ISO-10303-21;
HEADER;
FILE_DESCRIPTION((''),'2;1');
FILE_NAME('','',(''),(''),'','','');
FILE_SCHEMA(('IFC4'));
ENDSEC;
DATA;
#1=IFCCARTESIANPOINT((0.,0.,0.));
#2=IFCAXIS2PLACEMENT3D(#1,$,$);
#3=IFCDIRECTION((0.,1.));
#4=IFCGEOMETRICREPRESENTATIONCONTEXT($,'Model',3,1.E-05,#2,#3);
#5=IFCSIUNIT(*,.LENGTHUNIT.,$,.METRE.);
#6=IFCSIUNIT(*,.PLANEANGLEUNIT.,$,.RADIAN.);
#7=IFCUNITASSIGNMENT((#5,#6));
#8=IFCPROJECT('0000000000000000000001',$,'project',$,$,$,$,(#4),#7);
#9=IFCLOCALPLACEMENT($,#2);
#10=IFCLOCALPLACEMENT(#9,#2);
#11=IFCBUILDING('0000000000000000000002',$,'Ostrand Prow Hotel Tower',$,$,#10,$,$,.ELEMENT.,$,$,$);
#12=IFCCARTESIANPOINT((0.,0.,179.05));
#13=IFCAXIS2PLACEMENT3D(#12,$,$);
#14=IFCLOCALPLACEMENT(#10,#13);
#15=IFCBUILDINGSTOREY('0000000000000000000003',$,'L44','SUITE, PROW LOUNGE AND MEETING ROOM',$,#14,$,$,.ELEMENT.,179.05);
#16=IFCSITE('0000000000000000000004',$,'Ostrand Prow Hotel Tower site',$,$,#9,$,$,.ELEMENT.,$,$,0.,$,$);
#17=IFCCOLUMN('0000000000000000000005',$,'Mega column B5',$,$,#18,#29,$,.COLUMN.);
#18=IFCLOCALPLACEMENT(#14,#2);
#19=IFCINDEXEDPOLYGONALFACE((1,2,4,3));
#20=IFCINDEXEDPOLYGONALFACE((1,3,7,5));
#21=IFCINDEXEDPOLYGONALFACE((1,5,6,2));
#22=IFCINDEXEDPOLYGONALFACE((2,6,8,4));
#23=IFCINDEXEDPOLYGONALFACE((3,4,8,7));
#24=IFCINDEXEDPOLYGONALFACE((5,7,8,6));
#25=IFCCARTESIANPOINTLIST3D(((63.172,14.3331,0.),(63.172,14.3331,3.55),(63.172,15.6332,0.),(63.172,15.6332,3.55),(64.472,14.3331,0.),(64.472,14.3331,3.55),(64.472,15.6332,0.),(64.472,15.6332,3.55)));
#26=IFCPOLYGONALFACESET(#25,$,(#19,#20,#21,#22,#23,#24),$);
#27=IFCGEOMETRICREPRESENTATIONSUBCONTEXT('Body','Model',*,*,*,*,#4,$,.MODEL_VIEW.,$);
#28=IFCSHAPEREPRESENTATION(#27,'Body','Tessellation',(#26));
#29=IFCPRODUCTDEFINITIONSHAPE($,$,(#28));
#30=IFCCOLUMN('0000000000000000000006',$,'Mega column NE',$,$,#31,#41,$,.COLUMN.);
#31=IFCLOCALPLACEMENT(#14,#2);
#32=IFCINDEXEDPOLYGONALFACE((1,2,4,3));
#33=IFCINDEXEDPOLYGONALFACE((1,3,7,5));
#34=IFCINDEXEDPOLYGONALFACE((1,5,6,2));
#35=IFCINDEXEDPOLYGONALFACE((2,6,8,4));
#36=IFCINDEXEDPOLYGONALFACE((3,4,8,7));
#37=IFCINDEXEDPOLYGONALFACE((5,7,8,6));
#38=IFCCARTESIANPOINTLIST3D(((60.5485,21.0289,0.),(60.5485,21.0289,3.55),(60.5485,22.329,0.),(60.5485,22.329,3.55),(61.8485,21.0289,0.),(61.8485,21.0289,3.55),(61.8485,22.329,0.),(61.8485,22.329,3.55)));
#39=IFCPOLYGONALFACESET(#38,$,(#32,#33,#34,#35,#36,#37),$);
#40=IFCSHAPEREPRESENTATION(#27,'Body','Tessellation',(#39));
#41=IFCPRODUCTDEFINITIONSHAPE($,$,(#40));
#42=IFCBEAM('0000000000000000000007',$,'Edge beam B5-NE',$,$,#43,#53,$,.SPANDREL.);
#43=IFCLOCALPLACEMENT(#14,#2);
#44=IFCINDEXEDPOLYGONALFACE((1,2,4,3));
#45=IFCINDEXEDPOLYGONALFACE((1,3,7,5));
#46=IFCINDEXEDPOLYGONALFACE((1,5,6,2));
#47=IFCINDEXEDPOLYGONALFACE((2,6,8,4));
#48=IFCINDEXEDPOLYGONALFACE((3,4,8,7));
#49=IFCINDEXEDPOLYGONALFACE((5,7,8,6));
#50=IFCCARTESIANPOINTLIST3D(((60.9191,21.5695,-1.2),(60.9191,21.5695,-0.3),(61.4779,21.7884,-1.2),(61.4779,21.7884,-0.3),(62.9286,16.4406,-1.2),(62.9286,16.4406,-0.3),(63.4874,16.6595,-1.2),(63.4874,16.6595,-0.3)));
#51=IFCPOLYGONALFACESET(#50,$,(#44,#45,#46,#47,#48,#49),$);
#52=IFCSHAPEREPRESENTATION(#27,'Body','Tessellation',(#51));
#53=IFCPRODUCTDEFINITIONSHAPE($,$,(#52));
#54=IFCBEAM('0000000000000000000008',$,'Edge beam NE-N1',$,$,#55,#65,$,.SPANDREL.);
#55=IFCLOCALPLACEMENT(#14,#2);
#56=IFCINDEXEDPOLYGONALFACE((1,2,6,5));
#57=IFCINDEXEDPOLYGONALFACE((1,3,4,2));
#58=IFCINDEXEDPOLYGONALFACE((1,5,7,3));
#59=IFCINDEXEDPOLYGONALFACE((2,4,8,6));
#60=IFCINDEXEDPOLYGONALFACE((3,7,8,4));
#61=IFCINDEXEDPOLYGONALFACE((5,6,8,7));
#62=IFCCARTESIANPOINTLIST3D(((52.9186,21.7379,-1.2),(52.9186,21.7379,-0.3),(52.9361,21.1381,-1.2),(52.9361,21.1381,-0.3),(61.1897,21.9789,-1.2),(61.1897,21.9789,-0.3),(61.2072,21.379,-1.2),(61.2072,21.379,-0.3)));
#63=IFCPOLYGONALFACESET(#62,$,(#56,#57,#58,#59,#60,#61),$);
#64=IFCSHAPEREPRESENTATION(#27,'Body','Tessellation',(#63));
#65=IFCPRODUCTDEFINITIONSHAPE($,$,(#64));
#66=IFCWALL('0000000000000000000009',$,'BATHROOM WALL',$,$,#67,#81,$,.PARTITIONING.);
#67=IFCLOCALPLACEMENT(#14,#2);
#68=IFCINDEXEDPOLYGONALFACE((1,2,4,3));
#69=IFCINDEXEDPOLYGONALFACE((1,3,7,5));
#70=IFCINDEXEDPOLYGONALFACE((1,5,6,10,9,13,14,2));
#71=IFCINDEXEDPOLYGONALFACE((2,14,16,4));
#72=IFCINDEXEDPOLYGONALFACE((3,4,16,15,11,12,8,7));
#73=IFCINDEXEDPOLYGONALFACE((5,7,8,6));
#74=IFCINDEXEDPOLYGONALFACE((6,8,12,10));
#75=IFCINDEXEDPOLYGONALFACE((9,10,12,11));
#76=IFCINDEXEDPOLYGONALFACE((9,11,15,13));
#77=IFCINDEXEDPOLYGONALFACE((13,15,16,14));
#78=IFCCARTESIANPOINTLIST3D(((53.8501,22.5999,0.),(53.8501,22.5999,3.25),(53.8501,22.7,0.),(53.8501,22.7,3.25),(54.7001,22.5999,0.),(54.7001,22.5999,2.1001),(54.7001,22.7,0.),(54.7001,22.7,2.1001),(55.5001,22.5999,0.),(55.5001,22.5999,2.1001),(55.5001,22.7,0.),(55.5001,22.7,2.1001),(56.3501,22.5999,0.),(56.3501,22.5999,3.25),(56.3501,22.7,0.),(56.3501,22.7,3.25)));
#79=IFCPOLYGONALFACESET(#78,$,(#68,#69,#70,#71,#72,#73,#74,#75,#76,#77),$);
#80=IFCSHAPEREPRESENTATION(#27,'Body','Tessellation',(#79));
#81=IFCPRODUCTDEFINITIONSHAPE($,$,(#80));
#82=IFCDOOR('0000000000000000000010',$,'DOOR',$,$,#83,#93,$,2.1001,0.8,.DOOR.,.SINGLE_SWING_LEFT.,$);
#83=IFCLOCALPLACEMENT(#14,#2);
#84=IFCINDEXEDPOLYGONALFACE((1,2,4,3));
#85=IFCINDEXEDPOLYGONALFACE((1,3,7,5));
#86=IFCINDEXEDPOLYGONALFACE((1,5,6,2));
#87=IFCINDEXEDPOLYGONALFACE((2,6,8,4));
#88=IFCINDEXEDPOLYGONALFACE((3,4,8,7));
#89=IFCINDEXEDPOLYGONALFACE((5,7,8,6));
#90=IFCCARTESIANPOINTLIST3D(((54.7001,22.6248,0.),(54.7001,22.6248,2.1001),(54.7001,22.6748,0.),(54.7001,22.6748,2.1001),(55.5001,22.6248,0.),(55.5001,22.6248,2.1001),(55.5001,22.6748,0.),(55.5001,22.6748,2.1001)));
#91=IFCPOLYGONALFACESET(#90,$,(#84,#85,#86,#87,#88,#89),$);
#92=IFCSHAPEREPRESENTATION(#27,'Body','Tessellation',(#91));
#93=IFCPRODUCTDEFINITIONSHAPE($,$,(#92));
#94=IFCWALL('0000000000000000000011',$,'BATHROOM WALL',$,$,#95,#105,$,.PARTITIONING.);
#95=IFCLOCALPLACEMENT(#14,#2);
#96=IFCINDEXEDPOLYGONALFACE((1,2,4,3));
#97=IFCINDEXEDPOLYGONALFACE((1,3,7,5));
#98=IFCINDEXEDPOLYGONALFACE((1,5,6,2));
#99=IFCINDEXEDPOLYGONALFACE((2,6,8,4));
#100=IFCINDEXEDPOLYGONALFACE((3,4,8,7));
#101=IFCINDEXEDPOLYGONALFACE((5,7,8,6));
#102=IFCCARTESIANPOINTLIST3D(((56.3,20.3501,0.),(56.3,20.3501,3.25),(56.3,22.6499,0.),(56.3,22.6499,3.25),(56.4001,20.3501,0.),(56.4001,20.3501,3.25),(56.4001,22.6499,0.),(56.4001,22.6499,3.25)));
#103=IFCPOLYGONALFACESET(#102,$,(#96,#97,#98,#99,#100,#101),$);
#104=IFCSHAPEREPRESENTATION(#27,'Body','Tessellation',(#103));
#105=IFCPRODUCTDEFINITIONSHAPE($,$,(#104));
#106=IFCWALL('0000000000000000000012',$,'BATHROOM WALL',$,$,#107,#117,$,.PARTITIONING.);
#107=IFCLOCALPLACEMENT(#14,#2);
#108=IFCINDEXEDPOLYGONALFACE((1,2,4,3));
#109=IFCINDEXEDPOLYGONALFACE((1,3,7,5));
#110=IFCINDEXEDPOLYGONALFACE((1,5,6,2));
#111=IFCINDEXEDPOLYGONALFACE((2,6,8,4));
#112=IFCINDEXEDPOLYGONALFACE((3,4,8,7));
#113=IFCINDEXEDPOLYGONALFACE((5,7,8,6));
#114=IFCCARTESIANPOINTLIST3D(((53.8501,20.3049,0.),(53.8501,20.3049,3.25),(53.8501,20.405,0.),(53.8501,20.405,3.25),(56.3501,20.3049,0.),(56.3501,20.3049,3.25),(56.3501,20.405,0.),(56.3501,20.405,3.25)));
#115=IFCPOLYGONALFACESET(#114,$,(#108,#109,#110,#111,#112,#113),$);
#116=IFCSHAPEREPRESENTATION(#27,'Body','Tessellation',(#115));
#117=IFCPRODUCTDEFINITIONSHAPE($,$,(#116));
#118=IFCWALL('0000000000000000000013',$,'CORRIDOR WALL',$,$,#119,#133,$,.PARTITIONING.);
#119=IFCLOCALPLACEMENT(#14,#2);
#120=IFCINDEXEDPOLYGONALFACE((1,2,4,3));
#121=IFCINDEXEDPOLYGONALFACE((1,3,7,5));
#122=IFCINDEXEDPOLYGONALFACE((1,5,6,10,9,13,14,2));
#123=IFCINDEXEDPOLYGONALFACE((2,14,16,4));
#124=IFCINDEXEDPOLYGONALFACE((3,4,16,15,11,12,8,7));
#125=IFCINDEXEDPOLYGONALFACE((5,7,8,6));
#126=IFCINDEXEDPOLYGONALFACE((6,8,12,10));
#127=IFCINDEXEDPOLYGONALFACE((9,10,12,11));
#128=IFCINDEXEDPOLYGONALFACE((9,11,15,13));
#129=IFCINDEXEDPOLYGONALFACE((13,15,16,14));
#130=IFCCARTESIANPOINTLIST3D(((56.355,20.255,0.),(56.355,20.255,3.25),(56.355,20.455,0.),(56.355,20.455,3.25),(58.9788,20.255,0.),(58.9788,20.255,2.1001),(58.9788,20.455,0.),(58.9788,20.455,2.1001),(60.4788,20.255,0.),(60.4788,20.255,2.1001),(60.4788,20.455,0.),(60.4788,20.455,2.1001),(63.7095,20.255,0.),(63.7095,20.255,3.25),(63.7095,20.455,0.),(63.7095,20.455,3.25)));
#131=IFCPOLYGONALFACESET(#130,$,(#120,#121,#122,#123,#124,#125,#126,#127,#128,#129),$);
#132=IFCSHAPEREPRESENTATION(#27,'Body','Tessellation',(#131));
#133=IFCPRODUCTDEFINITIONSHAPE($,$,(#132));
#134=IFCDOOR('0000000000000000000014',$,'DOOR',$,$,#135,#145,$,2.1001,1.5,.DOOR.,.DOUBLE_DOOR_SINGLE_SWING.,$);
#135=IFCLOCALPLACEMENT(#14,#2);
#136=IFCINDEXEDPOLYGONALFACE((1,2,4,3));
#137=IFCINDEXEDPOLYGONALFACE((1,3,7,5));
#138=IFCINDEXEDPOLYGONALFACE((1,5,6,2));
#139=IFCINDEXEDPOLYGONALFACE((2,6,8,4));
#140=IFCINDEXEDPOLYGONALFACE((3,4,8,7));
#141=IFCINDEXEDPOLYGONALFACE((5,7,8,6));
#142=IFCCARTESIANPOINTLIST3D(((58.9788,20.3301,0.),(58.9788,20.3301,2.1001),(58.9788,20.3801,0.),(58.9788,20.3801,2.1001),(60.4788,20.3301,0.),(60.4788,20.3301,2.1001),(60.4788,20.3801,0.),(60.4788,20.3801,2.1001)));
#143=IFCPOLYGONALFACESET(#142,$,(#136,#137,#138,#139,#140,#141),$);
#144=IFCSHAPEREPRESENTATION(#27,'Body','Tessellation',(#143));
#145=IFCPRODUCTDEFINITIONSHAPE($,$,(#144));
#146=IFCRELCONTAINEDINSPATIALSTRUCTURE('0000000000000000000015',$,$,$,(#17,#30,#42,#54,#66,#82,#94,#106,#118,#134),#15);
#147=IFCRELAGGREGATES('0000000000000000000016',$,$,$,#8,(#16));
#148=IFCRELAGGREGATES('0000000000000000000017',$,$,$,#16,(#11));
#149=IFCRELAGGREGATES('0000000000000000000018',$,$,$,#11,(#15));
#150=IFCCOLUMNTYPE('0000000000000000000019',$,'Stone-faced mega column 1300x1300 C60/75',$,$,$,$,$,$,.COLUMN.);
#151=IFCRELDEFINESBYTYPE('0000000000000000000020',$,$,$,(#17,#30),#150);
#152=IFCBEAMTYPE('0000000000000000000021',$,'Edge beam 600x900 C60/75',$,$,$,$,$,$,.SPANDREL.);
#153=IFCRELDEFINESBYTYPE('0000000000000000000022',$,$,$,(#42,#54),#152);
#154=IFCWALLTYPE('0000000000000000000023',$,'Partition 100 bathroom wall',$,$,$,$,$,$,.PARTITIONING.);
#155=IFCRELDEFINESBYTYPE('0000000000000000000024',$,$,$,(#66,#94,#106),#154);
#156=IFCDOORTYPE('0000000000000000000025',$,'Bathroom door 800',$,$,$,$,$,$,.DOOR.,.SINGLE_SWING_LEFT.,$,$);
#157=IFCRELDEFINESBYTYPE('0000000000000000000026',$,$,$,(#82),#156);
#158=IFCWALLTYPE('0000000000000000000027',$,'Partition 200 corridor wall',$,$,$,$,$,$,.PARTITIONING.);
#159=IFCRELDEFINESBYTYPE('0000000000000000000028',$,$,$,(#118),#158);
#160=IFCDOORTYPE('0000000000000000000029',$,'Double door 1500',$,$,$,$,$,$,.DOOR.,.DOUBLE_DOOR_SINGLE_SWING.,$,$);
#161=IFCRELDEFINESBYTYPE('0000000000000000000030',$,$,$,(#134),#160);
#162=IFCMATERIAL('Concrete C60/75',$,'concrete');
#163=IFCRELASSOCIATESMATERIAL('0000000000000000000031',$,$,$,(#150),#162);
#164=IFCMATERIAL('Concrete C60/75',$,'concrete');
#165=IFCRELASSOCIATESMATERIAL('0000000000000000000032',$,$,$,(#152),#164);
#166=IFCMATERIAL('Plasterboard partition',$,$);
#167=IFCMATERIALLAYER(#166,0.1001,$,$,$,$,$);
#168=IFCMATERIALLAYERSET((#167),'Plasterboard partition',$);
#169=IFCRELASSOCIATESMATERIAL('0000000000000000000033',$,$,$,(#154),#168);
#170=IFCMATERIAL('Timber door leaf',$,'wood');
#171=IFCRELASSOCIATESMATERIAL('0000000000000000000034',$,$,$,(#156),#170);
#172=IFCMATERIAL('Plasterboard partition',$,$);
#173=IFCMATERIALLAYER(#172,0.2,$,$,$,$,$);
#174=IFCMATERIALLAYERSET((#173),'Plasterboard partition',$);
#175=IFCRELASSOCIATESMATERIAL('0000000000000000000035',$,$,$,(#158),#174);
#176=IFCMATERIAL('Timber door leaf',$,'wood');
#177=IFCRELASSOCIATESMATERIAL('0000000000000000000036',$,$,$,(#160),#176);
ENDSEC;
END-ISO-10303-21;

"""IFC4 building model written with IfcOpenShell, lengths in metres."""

from ifc_helpers import new_model, si_unit, direction, frame, frame_2d, origin, origin_2d, place, context, subcontext, project, spatial, rectangle, extrude, material, layer, layer_set, material_profile, profile_set, type_object, element, fill, save


model = new_model("IFC4")

# Units and contexts
model_context = context("Model", 3, precision=1e-05, world=origin(), true_north=direction((0.0, 1.0)))
body_context = subcontext(model_context, "Body", "Model", "MODEL_VIEW")
ifc_project = project(units=[si_unit("LENGTHUNIT", "METRE"), si_unit("PLANEANGLEUNIT", "RADIAN")], contexts=[model_context])

# Site, building, storey
site_placement = place(None, origin())
site = spatial("IfcSite", under=ifc_project, at=site_placement, Name="Ostrand Prow Hotel Tower site", CompositionType="ELEMENT", RefElevation=0.0)
building_placement = place(site_placement, origin())
building = spatial("IfcBuilding", under=site, at=building_placement, Name="Ostrand Prow Hotel Tower", CompositionType="ELEMENT")
storey_placement = place(building_placement, frame((0.0, 0.0, 179.05)))
storey = spatial("IfcBuildingStorey", under=building, at=storey_placement, Name="L44", Description="SUITE, PROW LOUNGE AND MEETING ROOM", CompositionType="ELEMENT", Elevation=179.05)

# Columns
ifc_material_1 = material(Name="Concrete C60/75", Category="concrete")
ifc_material_profile_1 = material_profile(ifc_material_1, rectangle(XDim=1.3, YDim=1.3, at=origin_2d()), Name="RC 1300x1300")
ifc_profile_set_1 = profile_set([ifc_material_profile_1], Name="Concrete C60/75")
column_type = type_object("IfcColumnType", Name="Stone-faced mega column 1300x1300 C60/75", PredefinedType="COLUMN", material=ifc_profile_set_1)
for number, where, z_axis, x_axis, name in (
    (1, (63.822, 14.9832, 0.0), (0.0, 0.0, 1.0), (1.0, 0.0, 0.0), "Mega column B5"),
    (2, (61.1985, 21.679, 0.0), (0.0, 0.0, 1.0), (1.0, 0.0, 0.0), "Mega column NE"),
):
    element("IfcColumn", number, at=place(storey_placement, frame(where, z_axis=z_axis, x_axis=x_axis)), inside=storey, type_object=column_type, Name=name, PredefinedType="COLUMN", context=body_context, shape_type="SweptSolid", body=[
        extrude(rectangle(XDim=1.3, YDim=1.3, at=origin_2d()), origin(), (0.0, 0.0, 1.0), 3.55),
    ])

# Beams
ifc_material_2 = material(Name="Concrete C60/75", Category="concrete")
ifc_material_profile_2 = material_profile(ifc_material_2, rectangle(XDim=0.6001, YDim=0.8999, at=origin_2d()), Name="RC 600x900")
ifc_profile_set_2 = profile_set([ifc_material_profile_2], Name="Concrete C60/75")
beam_type = type_object("IfcBeamType", Name="Edge beam 600x900 C60/75", PredefinedType="SPANDREL", material=ifc_profile_set_2)
beam_1_placement = place(storey_placement, frame((63.208, 16.55, -0.75), z_axis=(-0.364802, 0.931085, 0.0), x_axis=(-0.931085, -0.364802, 0.0)))
element("IfcBeam", 3, at=beam_1_placement, inside=storey, type_object=beam_type, Name="Edge beam B5-NE", PredefinedType="SPANDREL", context=body_context, shape_type="SweptSolid", body=[
    extrude(rectangle(XDim=0.6001, YDim=0.8999, at=origin_2d()), origin(), (0.0, 0.0, 1.0), 5.5085),
])
beam_2_placement = place(storey_placement, frame((61.1985, 21.679, -0.75), z_axis=(-0.999576, -0.029121, 0.0), x_axis=(0.029121, -0.999576, 0.0)))
element("IfcBeam", 4, at=beam_2_placement, inside=storey, type_object=beam_type, Name="Edge beam NE-N1", PredefinedType="SPANDREL", context=body_context, shape_type="SweptSolid", body=[
    extrude(rectangle(XDim=0.6001, YDim=0.8999, at=origin_2d()), origin(), (0.0, 0.0, 1.0), 8.2747),
])

# Wall, opening, door
ifc_material_3 = material(Name="Plasterboard partition")
ifc_layer_1 = layer(ifc_material_3, 0.1001)
ifc_layer_set_1 = layer_set([ifc_layer_1], Name="Plasterboard partition")
wall_type_1 = type_object("IfcWallType", Name="Partition 100 bathroom wall", PredefinedType="PARTITIONING", material=ifc_layer_set_1)
wall_1_placement = place(storey_placement, frame((53.8501, 22.6499, 0.0), z_axis=(0.0, 0.0, 1.0), x_axis=(1.0, 0.0, 0.0)))
wall_1 = element("IfcWall", 5, at=wall_1_placement, inside=storey, type_object=wall_type_1, Name="BATHROOM WALL", PredefinedType="PARTITIONING", context=body_context, shape_type="SweptSolid", body=[
    extrude(rectangle(XDim=2.5, YDim=0.1001, at=frame_2d((1.25, 0.0))), origin(), (0.0, 0.0, 1.0), 3.25),
])
opening_1_placement = place(wall_1_placement, frame((0.8501, 0.0, 0.0)))
opening_1 = element("IfcOpeningElement", 6, at=opening_1_placement, cuts=wall_1, PredefinedType="OPENING", context=body_context, shape_type="SweptSolid", body=[
    extrude(rectangle(XDim=0.8, YDim=2.1001, at=frame_2d((0.3999, 1.05))), frame((0.0, 0.0601, 0.0), z_axis=(0.0, -1.0, 0.0), x_axis=(1.0, 0.0, 0.0)), (0.0, 0.0, 1.0), 0.1201),
])
ifc_material_4 = material(Name="Timber door leaf", Category="wood")
door_type_1 = type_object("IfcDoorType", Name="Bathroom door 800", OperationType="SINGLE_SWING_LEFT", PredefinedType="DOOR", material=ifc_material_4)
door_1_placement = place(opening_1_placement, origin())
door_1 = element("IfcDoor", 7, at=door_1_placement, inside=storey, type_object=door_type_1, Name="DOOR", OperationType="SINGLE_SWING_LEFT", OverallHeight=2.1001, OverallWidth=0.8, PredefinedType="DOOR", context=body_context, shape_type="SweptSolid", body=[
    extrude(rectangle(XDim=0.8, YDim=2.1001, at=frame_2d((0.3999, 1.05))), frame((0.0, 0.0249, 0.0), z_axis=(0.0, -1.0, 0.0), x_axis=(1.0, 0.0, 0.0)), (0.0, 0.0, 1.0), 0.05),
])
fill(opening_1, door_1)

# Walls
wall_2_placement = place(storey_placement, frame((56.3501, 22.6499, 0.0), z_axis=(0.0, 0.0, 1.0), x_axis=(0.0, -1.0, 0.0)))
element("IfcWall", 8, at=wall_2_placement, inside=storey, type_object=wall_type_1, Name="BATHROOM WALL", PredefinedType="PARTITIONING", context=body_context, shape_type="SweptSolid", body=[
    extrude(rectangle(XDim=2.2998, YDim=0.1001, at=frame_2d((1.1499, 0.0))), origin(), (0.0, 0.0, 1.0), 3.25),
])
wall_3_placement = place(storey_placement, frame((56.3501, 20.355, 0.0), z_axis=(0.0, 0.0, 1.0), x_axis=(-1.0, 0.0, 0.0)))
element("IfcWall", 9, at=wall_3_placement, inside=storey, type_object=wall_type_1, Name="BATHROOM WALL", PredefinedType="PARTITIONING", context=body_context, shape_type="SweptSolid", body=[
    extrude(rectangle(XDim=2.5, YDim=0.1001, at=frame_2d((1.25, 0.0))), origin(), (0.0, 0.0, 1.0), 3.25),
])

# Wall, opening, door
ifc_material_5 = material(Name="Plasterboard partition")
ifc_layer_2 = layer(ifc_material_5, 0.2)
ifc_layer_set_2 = layer_set([ifc_layer_2], Name="Plasterboard partition")
wall_type_2 = type_object("IfcWallType", Name="Partition 200 corridor wall", PredefinedType="PARTITIONING", material=ifc_layer_set_2)
wall_4_placement = place(storey_placement, frame((63.7095, 20.355, 0.0), z_axis=(0.0, 0.0, 1.0), x_axis=(-1.0, 0.0, 0.0)))
wall_4 = element("IfcWall", 10, at=wall_4_placement, inside=storey, type_object=wall_type_2, Name="CORRIDOR WALL", PredefinedType="PARTITIONING", context=body_context, shape_type="SweptSolid", body=[
    extrude(rectangle(XDim=7.3545, YDim=0.2, at=frame_2d((3.6772, 0.0))), origin(), (0.0, 0.0, 1.0), 3.25),
])
opening_2_placement = place(wall_4_placement, frame((3.2307, 0.0, 0.0)))
opening_2 = element("IfcOpeningElement", 11, at=opening_2_placement, cuts=wall_4, PredefinedType="OPENING", context=body_context, shape_type="SweptSolid", body=[
    extrude(rectangle(XDim=1.5, YDim=2.1001, at=frame_2d((0.75, 1.05))), frame((0.0, 0.1099, 0.0), z_axis=(0.0, -1.0, 0.0), x_axis=(1.0, 0.0, 0.0)), (0.0, 0.0, 1.0), 0.22),
])
ifc_material_6 = material(Name="Timber door leaf", Category="wood")
door_type_2 = type_object("IfcDoorType", Name="Double door 1500", OperationType="DOUBLE_DOOR_SINGLE_SWING", PredefinedType="DOOR", material=ifc_material_6)
door_2_placement = place(opening_2_placement, origin())
door_2 = element("IfcDoor", 12, at=door_2_placement, inside=storey, type_object=door_type_2, Name="DOOR", OperationType="DOUBLE_DOOR_SINGLE_SWING", OverallHeight=2.1001, OverallWidth=1.5, PredefinedType="DOOR", context=body_context, shape_type="SweptSolid", body=[
    extrude(rectangle(XDim=1.5, YDim=2.1001, at=frame_2d((0.75, 1.05))), frame((0.0, 0.0249, 0.0), z_axis=(0.0, -1.0, 0.0), x_axis=(1.0, 0.0, 0.0)), (0.0, 0.0, 1.0), 0.05),
])
fill(opening_2, door_2)

save(model, "model.ifc")
